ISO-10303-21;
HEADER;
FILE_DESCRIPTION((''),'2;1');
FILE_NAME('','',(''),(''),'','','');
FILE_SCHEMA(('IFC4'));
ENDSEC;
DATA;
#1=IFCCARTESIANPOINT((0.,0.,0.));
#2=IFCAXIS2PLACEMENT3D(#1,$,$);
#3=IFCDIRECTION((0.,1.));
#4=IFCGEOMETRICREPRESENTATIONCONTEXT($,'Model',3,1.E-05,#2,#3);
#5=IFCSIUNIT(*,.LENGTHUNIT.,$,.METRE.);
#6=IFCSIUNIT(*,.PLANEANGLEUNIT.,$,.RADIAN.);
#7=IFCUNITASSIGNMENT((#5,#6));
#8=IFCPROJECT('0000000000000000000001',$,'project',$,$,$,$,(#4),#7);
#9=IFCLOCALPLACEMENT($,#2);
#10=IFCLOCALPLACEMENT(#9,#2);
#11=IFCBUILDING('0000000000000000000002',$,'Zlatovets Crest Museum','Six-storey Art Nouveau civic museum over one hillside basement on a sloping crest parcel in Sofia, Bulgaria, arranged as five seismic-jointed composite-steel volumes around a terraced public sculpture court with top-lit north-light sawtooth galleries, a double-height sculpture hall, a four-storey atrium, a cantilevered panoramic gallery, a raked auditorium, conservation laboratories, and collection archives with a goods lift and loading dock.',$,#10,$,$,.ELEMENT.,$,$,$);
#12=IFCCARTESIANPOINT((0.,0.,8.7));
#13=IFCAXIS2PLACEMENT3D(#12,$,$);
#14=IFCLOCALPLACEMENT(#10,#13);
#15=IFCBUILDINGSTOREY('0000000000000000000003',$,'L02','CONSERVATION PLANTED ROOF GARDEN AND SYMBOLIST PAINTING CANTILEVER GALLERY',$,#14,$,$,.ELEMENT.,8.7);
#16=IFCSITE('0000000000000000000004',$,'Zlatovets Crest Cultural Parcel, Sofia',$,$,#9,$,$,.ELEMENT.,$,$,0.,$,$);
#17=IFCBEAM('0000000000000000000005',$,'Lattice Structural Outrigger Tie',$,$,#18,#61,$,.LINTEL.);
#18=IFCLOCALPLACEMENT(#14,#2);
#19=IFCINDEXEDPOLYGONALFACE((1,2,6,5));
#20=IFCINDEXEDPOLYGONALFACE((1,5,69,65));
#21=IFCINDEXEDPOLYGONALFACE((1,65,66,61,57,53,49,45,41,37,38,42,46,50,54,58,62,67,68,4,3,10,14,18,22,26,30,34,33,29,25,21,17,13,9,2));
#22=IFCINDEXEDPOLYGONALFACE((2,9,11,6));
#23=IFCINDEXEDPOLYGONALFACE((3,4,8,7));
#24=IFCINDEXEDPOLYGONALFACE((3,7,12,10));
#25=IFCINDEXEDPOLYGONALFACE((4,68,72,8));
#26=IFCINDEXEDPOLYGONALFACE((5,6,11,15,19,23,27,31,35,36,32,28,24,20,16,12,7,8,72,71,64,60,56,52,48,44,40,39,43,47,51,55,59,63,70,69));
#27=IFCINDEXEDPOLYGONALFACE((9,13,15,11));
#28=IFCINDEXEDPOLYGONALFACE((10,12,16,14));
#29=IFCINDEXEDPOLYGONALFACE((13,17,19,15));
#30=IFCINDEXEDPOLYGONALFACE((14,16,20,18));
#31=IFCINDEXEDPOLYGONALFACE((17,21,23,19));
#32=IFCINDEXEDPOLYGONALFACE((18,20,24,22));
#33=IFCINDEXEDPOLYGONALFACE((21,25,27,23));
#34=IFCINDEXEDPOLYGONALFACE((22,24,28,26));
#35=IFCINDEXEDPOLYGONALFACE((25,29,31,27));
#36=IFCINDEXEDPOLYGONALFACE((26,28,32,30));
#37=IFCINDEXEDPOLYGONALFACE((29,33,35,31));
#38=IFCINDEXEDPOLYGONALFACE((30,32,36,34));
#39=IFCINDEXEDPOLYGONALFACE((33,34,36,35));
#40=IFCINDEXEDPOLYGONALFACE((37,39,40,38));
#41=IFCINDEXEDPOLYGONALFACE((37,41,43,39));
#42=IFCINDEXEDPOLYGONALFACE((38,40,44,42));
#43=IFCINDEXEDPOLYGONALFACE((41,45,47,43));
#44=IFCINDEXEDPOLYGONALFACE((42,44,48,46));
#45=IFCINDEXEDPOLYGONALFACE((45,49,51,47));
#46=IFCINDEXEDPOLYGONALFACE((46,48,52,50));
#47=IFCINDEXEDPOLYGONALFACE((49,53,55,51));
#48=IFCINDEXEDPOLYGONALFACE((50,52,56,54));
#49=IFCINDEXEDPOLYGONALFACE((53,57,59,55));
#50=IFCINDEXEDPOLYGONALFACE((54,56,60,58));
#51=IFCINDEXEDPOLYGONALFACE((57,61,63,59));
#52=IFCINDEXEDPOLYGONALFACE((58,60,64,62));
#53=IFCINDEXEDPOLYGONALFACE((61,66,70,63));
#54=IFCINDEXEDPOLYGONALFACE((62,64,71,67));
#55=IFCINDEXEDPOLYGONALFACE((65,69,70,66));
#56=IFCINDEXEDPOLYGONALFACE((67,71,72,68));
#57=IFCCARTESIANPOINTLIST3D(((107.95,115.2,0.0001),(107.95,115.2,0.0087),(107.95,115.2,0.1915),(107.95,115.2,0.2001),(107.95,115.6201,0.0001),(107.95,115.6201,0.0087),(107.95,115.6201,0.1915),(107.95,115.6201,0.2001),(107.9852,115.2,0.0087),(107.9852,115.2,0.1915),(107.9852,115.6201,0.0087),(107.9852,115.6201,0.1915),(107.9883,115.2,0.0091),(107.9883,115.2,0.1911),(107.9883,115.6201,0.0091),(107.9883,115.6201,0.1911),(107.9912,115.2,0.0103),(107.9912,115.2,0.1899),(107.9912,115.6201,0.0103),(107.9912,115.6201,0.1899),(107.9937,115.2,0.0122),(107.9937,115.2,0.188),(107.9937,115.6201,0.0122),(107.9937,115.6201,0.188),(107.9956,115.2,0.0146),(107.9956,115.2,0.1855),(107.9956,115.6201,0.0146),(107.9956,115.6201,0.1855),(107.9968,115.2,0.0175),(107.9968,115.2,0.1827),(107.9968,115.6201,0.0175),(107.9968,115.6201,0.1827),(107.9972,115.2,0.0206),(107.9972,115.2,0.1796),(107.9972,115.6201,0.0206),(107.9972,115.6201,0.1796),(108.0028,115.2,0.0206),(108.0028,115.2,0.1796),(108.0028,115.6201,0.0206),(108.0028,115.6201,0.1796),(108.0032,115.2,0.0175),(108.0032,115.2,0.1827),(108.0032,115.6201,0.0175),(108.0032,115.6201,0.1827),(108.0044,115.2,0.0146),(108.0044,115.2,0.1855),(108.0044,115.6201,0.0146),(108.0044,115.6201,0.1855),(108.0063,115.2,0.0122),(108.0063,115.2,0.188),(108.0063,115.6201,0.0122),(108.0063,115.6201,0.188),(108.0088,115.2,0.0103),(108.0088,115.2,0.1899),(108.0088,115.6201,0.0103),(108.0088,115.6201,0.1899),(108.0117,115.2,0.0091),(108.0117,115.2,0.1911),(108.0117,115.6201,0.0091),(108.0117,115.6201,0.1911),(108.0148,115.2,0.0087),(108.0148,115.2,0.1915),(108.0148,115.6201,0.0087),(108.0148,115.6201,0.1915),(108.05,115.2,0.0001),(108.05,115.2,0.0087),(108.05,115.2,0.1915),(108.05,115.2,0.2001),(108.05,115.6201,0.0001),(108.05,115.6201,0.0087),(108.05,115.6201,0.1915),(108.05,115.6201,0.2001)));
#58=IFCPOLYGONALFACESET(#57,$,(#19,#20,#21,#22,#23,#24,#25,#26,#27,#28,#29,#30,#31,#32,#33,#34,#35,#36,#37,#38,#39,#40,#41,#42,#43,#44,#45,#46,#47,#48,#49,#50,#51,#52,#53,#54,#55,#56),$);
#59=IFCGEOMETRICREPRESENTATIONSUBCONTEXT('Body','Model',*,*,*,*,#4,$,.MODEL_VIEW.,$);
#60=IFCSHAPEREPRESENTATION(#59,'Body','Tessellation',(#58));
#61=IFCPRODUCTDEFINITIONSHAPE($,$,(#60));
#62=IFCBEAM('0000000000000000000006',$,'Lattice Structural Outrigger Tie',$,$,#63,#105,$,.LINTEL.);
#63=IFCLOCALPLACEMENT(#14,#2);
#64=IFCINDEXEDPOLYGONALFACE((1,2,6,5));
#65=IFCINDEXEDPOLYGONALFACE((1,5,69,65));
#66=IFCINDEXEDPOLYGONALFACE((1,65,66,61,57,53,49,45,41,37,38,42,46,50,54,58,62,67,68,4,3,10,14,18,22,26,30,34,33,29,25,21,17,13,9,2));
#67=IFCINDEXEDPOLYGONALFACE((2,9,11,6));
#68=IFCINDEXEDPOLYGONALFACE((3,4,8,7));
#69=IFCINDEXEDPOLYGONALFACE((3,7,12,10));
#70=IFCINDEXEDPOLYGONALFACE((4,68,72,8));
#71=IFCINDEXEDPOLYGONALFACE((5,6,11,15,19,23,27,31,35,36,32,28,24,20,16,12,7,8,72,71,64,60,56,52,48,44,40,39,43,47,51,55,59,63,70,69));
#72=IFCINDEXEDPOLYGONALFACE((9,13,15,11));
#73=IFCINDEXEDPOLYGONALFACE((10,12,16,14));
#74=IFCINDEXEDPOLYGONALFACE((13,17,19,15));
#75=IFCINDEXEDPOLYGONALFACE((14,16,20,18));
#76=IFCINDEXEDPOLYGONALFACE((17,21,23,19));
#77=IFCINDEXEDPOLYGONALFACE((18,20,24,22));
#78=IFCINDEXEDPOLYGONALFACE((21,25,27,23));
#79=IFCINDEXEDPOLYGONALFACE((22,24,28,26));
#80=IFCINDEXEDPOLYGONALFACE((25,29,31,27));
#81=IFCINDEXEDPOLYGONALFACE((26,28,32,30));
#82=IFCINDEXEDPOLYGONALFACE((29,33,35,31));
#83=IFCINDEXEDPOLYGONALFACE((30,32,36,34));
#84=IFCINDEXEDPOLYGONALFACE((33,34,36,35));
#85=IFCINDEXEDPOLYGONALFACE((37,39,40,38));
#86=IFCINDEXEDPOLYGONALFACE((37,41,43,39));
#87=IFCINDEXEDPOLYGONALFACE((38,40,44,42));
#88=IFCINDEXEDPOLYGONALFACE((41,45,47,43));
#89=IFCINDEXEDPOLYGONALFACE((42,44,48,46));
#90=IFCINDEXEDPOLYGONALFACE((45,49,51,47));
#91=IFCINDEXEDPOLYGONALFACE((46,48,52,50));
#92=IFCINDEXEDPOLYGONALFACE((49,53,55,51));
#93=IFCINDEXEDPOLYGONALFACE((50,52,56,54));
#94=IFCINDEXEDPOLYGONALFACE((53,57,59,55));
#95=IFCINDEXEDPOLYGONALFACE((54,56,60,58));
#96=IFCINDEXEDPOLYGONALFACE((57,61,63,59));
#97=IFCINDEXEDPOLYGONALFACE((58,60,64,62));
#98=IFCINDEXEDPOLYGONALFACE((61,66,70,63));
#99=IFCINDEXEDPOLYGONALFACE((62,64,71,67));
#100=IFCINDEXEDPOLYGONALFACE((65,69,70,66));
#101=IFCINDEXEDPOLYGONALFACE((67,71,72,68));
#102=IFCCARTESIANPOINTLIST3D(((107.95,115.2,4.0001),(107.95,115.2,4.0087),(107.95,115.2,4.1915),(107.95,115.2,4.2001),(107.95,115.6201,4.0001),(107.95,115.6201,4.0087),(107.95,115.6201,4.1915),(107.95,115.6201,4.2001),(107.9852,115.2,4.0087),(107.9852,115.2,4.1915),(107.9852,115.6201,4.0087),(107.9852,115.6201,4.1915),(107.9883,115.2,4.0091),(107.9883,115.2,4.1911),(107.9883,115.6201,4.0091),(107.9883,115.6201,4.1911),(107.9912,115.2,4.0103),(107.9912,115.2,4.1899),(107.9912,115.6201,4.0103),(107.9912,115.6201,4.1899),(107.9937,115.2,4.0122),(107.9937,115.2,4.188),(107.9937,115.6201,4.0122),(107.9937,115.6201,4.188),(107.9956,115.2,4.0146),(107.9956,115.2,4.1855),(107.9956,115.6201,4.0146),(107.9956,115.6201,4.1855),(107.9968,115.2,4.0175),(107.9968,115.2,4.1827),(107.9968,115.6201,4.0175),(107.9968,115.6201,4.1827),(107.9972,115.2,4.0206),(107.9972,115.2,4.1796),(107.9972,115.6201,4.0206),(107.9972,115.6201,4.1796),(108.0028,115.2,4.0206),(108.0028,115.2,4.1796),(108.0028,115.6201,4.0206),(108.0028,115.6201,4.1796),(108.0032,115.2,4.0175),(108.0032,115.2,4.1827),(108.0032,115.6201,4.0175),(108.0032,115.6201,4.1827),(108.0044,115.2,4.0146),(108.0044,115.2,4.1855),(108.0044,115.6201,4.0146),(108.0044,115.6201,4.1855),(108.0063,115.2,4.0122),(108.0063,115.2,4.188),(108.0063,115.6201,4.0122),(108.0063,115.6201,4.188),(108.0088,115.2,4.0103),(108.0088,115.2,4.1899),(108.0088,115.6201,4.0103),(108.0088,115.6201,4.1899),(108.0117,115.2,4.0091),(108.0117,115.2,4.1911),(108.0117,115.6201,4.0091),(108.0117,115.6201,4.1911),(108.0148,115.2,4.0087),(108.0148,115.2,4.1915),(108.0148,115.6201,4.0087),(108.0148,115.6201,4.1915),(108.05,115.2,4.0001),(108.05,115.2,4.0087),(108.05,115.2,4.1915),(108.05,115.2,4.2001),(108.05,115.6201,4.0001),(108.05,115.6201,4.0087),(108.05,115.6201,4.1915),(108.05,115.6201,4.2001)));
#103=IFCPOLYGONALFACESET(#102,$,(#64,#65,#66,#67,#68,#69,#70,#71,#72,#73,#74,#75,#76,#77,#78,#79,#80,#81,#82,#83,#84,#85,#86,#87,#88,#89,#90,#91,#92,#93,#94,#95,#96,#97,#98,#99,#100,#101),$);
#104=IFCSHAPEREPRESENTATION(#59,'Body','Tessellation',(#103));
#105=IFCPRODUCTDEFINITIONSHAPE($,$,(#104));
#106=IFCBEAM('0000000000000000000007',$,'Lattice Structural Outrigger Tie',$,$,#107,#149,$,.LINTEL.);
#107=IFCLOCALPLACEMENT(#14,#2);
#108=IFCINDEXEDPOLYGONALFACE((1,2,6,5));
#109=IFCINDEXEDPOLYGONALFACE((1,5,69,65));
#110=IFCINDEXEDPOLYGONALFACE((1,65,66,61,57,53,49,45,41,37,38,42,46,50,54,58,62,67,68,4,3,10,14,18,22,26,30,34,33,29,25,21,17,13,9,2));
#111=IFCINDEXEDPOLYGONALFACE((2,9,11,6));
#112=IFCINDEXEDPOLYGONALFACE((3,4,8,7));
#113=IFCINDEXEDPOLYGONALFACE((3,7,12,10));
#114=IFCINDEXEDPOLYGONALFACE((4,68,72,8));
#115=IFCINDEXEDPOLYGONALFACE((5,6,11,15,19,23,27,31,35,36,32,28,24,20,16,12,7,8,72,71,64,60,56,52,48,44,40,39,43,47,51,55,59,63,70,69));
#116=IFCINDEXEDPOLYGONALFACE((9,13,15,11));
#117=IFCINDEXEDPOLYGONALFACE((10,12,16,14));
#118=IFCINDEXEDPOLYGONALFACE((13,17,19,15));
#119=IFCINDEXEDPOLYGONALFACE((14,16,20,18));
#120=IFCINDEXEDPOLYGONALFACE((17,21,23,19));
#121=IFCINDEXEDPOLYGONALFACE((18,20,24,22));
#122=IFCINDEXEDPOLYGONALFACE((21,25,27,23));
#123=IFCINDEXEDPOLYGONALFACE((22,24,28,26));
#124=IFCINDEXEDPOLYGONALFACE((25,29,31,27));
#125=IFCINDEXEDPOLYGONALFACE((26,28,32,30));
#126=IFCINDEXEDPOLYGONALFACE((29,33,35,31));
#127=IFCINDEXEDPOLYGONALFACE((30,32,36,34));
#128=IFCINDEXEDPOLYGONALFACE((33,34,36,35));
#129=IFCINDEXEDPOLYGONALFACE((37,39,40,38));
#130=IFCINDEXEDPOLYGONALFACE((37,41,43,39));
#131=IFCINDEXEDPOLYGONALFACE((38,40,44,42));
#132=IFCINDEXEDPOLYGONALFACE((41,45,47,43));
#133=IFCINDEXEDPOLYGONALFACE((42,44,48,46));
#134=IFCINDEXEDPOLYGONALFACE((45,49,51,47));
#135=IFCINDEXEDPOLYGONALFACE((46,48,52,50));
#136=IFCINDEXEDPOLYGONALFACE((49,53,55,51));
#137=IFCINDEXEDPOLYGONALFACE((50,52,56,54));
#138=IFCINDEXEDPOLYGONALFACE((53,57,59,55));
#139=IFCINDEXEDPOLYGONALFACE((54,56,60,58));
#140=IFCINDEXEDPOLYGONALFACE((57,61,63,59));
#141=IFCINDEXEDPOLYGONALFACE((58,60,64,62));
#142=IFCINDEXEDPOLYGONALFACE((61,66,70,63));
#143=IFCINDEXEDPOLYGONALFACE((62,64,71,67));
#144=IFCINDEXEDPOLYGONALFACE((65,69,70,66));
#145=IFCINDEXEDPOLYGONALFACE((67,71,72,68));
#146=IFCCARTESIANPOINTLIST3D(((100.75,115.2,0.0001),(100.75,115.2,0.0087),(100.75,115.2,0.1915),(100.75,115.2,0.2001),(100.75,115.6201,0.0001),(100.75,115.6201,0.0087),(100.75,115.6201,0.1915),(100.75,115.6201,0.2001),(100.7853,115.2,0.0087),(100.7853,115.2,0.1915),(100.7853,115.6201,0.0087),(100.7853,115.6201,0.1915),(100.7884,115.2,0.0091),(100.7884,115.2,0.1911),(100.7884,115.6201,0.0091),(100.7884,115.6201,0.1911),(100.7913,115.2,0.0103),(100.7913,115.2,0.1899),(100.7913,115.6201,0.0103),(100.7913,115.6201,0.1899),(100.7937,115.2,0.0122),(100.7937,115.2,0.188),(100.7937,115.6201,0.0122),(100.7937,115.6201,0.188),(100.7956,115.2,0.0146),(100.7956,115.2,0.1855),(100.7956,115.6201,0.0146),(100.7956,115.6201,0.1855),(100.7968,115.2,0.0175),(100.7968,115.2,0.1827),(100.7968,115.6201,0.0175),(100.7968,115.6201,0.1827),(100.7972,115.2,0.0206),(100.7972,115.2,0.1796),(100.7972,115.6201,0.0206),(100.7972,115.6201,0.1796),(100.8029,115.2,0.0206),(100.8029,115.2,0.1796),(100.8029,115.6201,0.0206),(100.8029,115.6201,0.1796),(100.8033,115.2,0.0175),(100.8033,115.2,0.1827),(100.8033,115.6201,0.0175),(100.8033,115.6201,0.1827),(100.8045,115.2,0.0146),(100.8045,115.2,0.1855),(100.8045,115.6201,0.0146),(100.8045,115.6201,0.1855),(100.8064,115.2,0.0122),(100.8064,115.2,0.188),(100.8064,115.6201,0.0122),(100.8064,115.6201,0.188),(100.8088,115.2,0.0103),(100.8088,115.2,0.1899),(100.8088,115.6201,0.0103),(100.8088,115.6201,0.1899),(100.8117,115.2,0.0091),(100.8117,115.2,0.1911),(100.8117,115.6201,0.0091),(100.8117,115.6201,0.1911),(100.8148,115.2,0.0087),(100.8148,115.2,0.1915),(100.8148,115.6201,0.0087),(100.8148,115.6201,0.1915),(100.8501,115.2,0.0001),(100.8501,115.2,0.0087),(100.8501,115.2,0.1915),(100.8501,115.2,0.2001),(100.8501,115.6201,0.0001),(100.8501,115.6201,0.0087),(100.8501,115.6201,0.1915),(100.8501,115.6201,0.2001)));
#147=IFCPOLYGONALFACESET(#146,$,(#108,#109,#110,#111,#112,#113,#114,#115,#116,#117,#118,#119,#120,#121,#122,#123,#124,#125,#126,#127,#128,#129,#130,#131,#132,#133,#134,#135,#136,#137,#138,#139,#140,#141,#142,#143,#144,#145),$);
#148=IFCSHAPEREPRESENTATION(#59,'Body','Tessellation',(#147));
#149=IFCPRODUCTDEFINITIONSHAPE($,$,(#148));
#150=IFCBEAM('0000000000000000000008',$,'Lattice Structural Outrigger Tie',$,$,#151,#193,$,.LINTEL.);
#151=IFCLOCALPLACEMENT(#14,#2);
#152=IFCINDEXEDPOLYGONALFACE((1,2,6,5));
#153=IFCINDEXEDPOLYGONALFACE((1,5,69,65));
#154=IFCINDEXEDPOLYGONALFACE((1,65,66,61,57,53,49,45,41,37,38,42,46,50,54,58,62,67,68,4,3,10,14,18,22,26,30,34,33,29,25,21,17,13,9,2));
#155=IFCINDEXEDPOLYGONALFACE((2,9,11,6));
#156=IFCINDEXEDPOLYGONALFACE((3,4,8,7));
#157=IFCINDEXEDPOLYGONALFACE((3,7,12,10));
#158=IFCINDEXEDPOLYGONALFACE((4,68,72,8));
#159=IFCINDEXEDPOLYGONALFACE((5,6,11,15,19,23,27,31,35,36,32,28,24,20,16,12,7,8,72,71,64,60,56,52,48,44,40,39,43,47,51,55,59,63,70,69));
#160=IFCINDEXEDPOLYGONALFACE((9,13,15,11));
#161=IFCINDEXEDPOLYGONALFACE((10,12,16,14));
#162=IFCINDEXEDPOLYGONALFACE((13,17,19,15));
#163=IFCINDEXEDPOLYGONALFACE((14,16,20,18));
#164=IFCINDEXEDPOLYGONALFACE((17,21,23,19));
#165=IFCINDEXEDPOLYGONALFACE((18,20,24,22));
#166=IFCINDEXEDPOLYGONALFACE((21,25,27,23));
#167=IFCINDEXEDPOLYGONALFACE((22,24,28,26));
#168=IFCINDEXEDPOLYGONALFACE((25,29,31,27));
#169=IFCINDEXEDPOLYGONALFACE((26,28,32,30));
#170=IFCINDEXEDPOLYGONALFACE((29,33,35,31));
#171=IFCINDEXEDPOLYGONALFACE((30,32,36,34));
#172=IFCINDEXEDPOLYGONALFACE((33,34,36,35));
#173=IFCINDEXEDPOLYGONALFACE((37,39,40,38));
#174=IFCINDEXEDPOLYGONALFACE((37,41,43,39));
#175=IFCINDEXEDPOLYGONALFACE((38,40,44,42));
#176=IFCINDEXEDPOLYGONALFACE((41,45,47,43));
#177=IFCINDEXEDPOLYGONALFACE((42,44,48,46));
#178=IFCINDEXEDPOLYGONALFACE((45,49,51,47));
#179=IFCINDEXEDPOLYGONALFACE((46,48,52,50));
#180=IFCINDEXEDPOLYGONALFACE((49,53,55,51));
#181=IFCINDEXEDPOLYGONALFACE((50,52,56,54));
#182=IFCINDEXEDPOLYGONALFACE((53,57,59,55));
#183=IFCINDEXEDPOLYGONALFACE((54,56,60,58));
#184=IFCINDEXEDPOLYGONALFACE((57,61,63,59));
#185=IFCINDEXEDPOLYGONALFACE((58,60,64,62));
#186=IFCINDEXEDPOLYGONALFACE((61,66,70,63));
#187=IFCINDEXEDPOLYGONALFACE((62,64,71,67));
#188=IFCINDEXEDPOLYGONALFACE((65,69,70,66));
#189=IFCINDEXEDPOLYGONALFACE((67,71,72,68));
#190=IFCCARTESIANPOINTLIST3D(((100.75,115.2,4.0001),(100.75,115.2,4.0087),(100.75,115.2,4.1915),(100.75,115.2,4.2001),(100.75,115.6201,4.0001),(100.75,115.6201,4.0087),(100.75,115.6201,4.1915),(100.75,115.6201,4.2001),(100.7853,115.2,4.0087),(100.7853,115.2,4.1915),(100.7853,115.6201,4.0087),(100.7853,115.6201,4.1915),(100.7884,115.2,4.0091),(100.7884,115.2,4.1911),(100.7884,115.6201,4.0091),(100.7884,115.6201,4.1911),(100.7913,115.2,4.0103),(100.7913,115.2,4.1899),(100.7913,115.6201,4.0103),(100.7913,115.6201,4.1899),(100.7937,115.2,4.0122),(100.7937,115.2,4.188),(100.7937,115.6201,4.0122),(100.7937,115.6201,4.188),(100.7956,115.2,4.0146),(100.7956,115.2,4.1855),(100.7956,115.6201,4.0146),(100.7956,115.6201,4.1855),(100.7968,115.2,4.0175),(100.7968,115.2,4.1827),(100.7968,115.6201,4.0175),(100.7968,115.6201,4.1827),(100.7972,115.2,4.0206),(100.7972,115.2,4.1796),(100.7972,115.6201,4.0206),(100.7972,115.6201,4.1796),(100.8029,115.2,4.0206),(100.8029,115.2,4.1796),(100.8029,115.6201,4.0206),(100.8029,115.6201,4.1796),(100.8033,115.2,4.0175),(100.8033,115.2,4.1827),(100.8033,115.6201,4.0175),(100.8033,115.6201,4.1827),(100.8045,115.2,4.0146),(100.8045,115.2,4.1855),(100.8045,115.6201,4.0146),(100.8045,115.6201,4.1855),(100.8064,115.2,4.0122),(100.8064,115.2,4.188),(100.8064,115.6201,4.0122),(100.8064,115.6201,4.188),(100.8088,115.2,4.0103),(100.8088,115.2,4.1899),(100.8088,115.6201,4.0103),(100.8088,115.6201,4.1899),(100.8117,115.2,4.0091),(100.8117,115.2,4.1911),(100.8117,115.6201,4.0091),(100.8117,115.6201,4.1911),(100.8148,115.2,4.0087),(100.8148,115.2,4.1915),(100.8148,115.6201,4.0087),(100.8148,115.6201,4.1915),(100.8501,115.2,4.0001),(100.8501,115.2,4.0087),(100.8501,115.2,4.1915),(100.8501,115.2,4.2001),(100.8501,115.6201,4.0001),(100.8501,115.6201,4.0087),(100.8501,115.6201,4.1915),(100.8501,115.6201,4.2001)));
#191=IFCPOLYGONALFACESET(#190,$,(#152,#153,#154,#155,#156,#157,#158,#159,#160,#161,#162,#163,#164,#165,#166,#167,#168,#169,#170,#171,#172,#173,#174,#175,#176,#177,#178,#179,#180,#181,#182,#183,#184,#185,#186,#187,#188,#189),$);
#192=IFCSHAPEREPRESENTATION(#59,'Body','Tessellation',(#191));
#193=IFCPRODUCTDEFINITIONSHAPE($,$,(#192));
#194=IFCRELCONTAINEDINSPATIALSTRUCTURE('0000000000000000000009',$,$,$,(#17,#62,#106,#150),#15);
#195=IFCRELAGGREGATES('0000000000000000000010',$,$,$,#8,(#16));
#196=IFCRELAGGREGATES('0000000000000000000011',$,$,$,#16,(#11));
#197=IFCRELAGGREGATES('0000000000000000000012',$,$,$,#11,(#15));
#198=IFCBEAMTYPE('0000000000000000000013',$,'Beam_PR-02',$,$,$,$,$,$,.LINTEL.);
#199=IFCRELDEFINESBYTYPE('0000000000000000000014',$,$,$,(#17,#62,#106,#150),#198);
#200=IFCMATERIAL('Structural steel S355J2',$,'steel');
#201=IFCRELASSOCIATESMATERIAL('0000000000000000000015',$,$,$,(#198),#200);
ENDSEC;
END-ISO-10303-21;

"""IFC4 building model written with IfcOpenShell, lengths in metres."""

from ifc_helpers import new_model, si_unit, direction, frame, origin, origin_2d, place, context, subcontext, project, spatial, i_section, extrude, material, material_profile, profile_set, type_object, element, save


model = new_model("IFC4")

# Units and contexts
model_context = context("Model", 3, precision=1e-05, world=origin(), true_north=direction((0.0, 1.0)))
body_context = subcontext(model_context, "Body", "Model", "MODEL_VIEW")
ifc_project = project(units=[si_unit("LENGTHUNIT", "METRE"), si_unit("PLANEANGLEUNIT", "RADIAN")], contexts=[model_context])

# Site, building, storey
site_placement = place(None, origin())
site = spatial("IfcSite", under=ifc_project, at=site_placement, Name="Zlatovets Crest Cultural Parcel, Sofia", CompositionType="ELEMENT", RefElevation=0.0)
building_placement = place(site_placement, origin())
building = spatial("IfcBuilding", under=site, at=building_placement, Name="Zlatovets Crest Museum", Description="Six-storey Art Nouveau civic museum over one hillside basement on a sloping crest parcel in Sofia, Bulgaria, arranged as five seismic-jointed composite-steel volumes around a terraced public sculpture court with top-lit north-light sawtooth galleries, a double-height sculpture hall, a four-storey atrium, a cantilevered panoramic gallery, a raked auditorium, conservation laboratories, and collection archives with a goods lift and loading dock.", CompositionType="ELEMENT")
storey_placement = place(building_placement, frame((0.0, 0.0, 8.7)))
storey = spatial("IfcBuildingStorey", under=building, at=storey_placement, Name="L02", Description="CONSERVATION PLANTED ROOF GARDEN AND SYMBOLIST PAINTING CANTILEVER GALLERY", CompositionType="ELEMENT", Elevation=8.7)

# Shared definitions
ifc_material_1 = material(Name="Structural steel S355J2", Category="steel")

# Beams
ifc_material_profile_1 = material_profile(ifc_material_1, i_section(OverallWidth=0.1001, OverallDepth=0.2, WebThickness=0.0056, FlangeThickness=0.0085, FilletRadius=0.012, at=origin_2d()), Name="IPE 200")
ifc_profile_set_1 = profile_set([ifc_material_profile_1], Name="Structural steel S355J2")
beam_type_1 = type_object("IfcBeamType", Name="Beam_PR-02", PredefinedType="LINTEL", material=ifc_profile_set_1)
for number, where, z_axis, x_axis, name in (
    (1, (108.0, 115.2, 0.1001), (0.0, 1.0, 0.0), (-1.0, 0.0, 0.0), "Lattice Structural Outrigger Tie"),
    (2, (108.0, 115.2, 4.1001), (0.0, 1.0, 0.0), (-1.0, 0.0, 0.0), "Lattice Structural Outrigger Tie"),
    (3, (100.8, 115.2, 0.1001), (0.0, 1.0, 0.0), (-1.0, 0.0, 0.0), "Lattice Structural Outrigger Tie"),
    (4, (100.8, 115.2, 4.1001), (0.0, 1.0, 0.0), (-1.0, 0.0, 0.0), "Lattice Structural Outrigger Tie"),
):
    element("IfcBeam", number, at=place(storey_placement, frame(where, z_axis=z_axis, x_axis=x_axis)), inside=storey, type_object=beam_type_1, Name=name, PredefinedType="LINTEL", context=body_context, shape_type="SweptSolid", body=[
        extrude(i_section(OverallWidth=0.1001, OverallDepth=0.2, WebThickness=0.0056, FlangeThickness=0.0085, FilletRadius=0.012, at=origin_2d()), origin(), (0.0, 0.0, 1.0), 0.4202),
    ])

save(model, "model.ifc")
